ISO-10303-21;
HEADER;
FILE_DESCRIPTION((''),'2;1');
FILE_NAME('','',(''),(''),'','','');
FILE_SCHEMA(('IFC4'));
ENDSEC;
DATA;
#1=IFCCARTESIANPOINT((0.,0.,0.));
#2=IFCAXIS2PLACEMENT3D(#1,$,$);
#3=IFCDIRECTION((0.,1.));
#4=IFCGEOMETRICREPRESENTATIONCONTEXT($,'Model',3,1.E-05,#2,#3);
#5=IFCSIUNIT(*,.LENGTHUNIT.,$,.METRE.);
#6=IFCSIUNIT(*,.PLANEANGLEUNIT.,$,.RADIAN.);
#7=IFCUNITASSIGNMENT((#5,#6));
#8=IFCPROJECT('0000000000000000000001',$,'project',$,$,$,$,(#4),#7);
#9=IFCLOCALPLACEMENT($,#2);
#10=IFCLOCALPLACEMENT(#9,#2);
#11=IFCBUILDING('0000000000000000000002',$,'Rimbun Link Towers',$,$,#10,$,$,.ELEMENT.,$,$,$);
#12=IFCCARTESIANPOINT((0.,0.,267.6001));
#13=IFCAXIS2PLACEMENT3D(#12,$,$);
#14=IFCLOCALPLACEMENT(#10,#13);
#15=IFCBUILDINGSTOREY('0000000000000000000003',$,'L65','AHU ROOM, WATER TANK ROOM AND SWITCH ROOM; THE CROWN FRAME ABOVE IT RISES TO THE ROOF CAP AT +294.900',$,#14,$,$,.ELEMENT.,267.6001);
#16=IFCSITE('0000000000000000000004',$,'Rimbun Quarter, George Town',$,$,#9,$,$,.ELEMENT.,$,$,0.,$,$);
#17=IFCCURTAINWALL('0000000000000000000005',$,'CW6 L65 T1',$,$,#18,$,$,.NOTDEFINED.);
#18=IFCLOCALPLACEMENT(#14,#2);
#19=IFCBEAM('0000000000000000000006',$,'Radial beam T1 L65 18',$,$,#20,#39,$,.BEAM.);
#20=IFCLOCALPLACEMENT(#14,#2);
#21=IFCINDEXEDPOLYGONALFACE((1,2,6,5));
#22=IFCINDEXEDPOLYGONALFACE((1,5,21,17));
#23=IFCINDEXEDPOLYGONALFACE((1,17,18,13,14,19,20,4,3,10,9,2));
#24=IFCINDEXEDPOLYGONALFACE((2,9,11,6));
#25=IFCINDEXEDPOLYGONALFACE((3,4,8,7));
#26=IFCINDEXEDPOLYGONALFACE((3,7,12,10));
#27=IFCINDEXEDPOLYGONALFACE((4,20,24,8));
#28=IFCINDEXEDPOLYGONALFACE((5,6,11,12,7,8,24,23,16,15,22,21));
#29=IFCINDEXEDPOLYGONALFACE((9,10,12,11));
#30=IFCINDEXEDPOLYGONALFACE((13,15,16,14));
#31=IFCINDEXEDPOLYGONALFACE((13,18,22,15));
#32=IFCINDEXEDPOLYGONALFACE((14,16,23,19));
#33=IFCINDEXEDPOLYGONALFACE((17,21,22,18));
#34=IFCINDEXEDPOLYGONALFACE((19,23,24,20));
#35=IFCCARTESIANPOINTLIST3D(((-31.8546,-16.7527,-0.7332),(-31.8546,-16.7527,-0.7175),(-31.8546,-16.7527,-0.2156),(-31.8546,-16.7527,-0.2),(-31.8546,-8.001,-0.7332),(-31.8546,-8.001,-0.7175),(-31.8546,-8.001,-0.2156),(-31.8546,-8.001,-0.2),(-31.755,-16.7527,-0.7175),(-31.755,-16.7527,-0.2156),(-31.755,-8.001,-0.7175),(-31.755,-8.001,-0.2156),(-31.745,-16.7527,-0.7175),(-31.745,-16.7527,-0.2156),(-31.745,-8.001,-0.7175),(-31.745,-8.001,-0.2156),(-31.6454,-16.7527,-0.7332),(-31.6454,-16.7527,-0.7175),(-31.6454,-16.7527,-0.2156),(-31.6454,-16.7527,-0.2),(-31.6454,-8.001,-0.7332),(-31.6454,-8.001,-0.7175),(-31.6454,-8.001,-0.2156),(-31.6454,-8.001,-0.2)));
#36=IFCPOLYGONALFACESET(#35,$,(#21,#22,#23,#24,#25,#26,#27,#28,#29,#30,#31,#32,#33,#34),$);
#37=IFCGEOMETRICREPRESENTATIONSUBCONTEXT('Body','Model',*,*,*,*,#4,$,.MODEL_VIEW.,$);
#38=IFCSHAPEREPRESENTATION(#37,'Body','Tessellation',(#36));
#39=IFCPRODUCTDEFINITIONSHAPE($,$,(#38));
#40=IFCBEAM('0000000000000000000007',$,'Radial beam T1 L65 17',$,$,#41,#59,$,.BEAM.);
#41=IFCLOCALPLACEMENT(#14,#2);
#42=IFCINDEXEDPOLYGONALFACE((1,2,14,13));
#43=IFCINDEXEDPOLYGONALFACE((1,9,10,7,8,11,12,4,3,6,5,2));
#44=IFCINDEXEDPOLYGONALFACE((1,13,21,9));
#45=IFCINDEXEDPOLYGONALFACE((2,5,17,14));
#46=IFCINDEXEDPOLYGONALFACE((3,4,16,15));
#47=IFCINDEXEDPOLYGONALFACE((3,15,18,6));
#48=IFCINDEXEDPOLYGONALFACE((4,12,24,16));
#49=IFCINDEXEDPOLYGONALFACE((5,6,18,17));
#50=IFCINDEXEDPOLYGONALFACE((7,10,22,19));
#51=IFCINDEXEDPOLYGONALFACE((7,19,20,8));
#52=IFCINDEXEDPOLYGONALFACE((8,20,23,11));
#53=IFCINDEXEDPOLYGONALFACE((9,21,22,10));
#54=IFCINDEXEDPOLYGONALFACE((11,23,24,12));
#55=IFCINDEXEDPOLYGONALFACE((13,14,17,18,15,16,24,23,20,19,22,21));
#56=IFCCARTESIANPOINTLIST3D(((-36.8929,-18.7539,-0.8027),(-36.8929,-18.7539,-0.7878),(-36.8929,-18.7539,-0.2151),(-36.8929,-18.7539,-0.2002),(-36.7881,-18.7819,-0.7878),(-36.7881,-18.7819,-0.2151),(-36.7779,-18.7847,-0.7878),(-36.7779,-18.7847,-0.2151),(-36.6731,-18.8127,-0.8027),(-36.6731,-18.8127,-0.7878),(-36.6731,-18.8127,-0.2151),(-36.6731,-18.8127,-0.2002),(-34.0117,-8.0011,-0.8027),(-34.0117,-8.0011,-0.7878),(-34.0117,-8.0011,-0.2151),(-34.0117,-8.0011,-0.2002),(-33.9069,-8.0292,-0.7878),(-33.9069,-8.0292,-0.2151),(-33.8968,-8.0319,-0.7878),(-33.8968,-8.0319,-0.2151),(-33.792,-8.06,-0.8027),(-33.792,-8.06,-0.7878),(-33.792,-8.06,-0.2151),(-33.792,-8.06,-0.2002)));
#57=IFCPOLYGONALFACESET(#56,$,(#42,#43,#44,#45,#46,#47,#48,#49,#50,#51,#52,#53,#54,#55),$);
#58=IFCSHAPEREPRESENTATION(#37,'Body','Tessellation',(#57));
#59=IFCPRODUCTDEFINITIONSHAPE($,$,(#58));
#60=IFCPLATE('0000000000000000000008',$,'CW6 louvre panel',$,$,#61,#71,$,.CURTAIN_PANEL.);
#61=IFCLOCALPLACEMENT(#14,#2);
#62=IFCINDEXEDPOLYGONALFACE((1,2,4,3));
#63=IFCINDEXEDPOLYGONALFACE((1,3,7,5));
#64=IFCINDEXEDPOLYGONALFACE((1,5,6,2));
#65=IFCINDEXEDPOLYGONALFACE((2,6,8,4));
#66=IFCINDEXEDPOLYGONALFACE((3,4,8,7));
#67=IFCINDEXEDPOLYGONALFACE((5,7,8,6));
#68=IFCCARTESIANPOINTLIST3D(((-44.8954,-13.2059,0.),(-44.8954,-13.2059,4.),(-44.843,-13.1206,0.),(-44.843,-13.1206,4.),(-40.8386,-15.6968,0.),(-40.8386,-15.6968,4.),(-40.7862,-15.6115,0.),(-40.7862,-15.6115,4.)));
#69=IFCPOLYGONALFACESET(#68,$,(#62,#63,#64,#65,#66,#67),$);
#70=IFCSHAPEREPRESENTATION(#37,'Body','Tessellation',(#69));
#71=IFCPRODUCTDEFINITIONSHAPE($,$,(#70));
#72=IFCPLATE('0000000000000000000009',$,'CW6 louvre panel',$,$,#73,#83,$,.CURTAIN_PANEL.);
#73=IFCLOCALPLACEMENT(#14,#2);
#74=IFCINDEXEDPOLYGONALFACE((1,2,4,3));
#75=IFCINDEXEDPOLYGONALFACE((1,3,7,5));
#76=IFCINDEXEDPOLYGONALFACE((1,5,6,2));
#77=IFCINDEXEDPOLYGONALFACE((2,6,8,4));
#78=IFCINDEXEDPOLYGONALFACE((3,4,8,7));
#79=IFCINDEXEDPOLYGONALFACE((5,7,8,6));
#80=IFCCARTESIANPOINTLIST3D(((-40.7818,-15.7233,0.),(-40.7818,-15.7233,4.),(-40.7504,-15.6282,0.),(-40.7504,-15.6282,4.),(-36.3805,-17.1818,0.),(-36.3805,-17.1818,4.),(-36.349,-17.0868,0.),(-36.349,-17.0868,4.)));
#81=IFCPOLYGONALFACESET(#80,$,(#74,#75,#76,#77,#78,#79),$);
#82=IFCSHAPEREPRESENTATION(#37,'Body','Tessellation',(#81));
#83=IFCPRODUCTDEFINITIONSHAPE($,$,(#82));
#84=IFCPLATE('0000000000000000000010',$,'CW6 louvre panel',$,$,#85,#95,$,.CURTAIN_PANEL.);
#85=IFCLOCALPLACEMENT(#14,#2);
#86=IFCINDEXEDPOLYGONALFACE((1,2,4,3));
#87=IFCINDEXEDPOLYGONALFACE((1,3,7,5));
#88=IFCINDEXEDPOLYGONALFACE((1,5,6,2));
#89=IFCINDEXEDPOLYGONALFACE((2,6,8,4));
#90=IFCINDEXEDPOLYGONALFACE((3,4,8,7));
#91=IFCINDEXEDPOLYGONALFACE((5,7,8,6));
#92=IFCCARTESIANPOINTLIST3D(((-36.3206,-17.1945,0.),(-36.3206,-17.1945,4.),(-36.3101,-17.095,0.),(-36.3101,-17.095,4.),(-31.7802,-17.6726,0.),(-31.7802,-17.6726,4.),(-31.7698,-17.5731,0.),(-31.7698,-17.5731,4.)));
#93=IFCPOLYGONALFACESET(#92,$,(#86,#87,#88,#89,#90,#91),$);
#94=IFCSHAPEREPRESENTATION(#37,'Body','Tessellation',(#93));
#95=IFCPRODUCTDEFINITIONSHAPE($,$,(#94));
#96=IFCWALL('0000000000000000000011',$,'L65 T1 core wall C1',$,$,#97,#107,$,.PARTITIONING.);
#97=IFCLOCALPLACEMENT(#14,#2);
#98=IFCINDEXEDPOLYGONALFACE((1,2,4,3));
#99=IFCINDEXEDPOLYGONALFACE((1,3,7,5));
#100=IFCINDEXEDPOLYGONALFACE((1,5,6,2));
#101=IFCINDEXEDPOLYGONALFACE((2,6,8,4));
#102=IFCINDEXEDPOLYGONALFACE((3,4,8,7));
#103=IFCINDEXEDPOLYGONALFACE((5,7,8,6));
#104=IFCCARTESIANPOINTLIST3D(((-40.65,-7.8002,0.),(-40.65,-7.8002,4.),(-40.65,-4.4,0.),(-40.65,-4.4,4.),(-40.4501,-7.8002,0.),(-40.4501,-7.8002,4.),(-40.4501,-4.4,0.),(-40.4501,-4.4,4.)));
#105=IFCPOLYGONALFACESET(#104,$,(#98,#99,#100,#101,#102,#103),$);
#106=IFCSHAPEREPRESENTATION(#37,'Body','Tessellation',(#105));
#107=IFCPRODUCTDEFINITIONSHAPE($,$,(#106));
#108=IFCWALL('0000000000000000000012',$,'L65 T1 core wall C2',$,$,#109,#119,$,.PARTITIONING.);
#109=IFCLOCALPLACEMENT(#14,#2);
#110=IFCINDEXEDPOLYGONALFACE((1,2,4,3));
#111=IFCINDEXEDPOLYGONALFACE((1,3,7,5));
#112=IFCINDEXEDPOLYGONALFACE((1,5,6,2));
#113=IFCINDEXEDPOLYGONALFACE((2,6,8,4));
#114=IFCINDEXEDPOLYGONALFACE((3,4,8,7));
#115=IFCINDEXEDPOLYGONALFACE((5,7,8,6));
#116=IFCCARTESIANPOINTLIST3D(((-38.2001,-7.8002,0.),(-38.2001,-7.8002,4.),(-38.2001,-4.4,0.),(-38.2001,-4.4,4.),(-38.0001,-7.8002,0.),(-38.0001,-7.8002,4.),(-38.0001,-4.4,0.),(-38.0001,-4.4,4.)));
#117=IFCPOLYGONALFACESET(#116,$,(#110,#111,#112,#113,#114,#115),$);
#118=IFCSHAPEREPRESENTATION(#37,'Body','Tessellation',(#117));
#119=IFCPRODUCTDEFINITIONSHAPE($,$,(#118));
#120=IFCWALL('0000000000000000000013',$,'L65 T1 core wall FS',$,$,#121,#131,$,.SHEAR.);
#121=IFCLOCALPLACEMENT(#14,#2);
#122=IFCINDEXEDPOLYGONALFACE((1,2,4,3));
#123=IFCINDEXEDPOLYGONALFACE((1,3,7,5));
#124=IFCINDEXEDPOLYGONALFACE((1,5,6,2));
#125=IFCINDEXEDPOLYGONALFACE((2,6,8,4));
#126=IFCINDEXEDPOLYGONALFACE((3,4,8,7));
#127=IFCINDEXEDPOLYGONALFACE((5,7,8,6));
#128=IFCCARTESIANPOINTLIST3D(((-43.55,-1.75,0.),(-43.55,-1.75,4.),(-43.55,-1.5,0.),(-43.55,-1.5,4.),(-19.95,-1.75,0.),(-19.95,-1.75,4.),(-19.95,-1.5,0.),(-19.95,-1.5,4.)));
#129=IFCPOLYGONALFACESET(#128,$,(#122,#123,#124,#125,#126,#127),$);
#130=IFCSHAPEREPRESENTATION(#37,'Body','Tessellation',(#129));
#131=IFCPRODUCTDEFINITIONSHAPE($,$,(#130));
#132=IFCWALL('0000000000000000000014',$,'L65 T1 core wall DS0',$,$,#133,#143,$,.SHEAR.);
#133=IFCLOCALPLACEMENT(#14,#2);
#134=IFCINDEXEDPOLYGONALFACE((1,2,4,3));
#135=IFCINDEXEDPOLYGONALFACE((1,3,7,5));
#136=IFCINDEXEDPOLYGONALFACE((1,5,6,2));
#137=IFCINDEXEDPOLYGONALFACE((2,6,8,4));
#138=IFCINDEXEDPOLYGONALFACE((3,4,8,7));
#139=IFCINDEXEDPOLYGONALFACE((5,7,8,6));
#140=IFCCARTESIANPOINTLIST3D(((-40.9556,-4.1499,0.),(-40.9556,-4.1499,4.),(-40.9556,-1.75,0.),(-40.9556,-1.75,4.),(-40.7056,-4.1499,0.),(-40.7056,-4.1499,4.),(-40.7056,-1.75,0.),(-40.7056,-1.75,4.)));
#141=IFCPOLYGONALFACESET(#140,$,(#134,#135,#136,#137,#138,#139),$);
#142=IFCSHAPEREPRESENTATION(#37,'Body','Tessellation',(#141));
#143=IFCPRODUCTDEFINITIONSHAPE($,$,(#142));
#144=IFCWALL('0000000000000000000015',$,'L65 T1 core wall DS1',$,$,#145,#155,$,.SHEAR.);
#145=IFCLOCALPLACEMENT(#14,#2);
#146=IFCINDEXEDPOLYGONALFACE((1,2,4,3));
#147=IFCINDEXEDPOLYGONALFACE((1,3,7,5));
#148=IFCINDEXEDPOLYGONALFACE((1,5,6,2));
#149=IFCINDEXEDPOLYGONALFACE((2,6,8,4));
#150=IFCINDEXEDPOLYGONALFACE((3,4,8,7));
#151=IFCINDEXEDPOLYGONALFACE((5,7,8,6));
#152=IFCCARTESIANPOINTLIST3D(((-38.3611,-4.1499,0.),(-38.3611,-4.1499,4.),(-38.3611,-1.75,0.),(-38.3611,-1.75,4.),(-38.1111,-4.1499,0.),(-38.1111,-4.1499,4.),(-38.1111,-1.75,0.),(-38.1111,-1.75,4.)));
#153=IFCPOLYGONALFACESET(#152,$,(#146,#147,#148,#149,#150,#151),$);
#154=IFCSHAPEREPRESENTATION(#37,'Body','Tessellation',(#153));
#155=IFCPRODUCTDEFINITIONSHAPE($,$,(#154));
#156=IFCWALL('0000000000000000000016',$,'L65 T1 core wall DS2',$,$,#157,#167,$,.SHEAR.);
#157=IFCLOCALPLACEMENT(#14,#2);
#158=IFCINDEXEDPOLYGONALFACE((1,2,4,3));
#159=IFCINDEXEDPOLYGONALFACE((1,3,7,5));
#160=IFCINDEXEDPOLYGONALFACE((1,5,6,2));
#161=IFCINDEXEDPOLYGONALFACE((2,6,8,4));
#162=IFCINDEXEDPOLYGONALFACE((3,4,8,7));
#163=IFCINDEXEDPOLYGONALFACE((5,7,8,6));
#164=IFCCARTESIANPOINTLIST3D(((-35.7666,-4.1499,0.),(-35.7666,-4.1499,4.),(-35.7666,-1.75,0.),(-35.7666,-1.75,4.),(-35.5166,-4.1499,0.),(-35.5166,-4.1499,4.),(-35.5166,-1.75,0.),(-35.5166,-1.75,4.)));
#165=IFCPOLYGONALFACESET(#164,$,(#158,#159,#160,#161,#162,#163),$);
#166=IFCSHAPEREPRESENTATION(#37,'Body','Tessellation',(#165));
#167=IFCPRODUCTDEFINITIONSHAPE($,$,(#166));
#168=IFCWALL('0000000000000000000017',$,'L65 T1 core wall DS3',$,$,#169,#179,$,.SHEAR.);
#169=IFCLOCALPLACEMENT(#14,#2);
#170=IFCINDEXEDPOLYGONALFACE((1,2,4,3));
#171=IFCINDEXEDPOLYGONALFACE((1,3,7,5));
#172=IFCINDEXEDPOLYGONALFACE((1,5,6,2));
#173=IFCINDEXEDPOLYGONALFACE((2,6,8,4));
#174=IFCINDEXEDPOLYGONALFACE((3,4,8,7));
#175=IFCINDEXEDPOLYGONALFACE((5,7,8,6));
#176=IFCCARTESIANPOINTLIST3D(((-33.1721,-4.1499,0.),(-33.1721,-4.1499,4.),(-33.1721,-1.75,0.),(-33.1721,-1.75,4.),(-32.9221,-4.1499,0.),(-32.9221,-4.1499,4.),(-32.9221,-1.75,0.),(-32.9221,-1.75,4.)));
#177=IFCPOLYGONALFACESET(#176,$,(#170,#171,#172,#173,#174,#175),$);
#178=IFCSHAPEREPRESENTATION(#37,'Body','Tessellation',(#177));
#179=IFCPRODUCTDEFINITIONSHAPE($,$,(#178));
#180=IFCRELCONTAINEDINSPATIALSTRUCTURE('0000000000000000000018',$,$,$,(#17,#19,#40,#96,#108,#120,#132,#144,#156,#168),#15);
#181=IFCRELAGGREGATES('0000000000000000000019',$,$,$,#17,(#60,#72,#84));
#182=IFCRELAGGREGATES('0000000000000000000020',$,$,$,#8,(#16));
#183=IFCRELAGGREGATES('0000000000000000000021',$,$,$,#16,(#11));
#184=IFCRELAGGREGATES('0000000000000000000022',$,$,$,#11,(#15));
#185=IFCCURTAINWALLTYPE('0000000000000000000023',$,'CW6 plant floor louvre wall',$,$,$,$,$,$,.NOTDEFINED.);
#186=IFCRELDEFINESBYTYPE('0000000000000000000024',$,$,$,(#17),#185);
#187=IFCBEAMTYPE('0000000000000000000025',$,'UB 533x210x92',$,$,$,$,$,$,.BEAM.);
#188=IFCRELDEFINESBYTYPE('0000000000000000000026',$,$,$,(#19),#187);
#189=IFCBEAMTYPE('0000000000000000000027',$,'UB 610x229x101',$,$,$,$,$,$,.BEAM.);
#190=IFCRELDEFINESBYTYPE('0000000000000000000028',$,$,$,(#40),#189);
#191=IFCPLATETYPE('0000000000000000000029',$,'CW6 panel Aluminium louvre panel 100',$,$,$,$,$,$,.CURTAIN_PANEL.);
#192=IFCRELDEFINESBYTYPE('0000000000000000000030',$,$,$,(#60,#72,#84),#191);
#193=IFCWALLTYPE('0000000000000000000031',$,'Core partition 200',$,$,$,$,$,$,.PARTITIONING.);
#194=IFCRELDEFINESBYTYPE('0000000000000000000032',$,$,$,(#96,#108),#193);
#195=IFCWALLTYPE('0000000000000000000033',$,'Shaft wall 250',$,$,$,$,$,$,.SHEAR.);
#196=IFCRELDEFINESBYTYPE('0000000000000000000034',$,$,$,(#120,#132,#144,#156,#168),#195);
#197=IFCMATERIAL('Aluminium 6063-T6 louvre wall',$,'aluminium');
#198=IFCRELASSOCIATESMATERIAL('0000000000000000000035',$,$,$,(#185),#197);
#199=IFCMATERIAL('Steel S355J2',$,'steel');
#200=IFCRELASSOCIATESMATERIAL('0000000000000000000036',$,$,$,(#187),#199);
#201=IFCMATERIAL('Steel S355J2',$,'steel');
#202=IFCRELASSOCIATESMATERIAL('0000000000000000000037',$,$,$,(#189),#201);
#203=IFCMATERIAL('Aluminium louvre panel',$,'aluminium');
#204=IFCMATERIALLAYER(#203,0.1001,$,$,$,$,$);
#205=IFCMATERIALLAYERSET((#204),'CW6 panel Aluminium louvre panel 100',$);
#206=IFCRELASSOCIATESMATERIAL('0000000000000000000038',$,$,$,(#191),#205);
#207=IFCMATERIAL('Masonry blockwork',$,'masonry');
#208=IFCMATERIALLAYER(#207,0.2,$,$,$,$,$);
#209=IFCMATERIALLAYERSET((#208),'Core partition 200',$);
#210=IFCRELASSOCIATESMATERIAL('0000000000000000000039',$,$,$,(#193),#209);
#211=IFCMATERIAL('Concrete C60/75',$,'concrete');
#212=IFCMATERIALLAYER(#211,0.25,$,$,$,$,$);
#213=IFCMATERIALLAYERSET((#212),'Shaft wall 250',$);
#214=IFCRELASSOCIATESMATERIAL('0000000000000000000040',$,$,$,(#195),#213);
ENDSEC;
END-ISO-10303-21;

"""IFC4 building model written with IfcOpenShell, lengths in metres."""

from ifc_helpers import new_model, si_unit, direction, frame, frame_2d, origin, origin_2d, place, context, subcontext, project, spatial, rectangle, i_section, extrude, material, layer, layer_set, material_profile, profile_set, type_object, element, aggregate, save


model = new_model("IFC4")

# Units and contexts
model_context = context("Model", 3, precision=1e-05, world=origin(), true_north=direction((0.0, 1.0)))
body_context = subcontext(model_context, "Body", "Model", "MODEL_VIEW")
ifc_project = project(units=[si_unit("LENGTHUNIT", "METRE"), si_unit("PLANEANGLEUNIT", "RADIAN")], contexts=[model_context])

# Site, building, storey
site_placement = place(None, origin())
site = spatial("IfcSite", under=ifc_project, at=site_placement, Name="Rimbun Quarter, George Town", CompositionType="ELEMENT", RefElevation=0.0)
building_placement = place(site_placement, origin())
building = spatial("IfcBuilding", under=site, at=building_placement, Name="Rimbun Link Towers", CompositionType="ELEMENT")
storey_placement = place(building_placement, frame((0.0, 0.0, 267.6001)))
storey = spatial("IfcBuildingStorey", under=building, at=storey_placement, Name="L65", Description="AHU ROOM, WATER TANK ROOM AND SWITCH ROOM; THE CROWN FRAME ABOVE IT RISES TO THE ROOF CAP AT +294.900", CompositionType="ELEMENT", Elevation=267.6001)

# Curtain wall
ifc_material_1 = material(Name="Aluminium 6063-T6 louvre wall", Category="aluminium")
curtain_wall_type = type_object("IfcCurtainWallType", Name="CW6 plant floor louvre wall", PredefinedType="NOTDEFINED", material=ifc_material_1)
curtain_wall_placement = place(storey_placement, origin())
curtain_wall = element("IfcCurtainWall", 1, at=curtain_wall_placement, inside=storey, type_object=curtain_wall_type, Name="CW6 L65 T1", PredefinedType="NOTDEFINED")

# Beams
ifc_material_2 = material(Name="Steel S355J2", Category="steel")
ifc_material_profile_1 = material_profile(ifc_material_2, i_section(OverallWidth=0.2092, OverallDepth=0.5332, WebThickness=0.01, FlangeThickness=0.0156, at=origin_2d()), Name="UB 533x210x92")
ifc_profile_set_1 = profile_set([ifc_material_profile_1], Name="Steel S355J2")
beam_type_1 = type_object("IfcBeamType", Name="UB 533x210x92", PredefinedType="BEAM", material=ifc_profile_set_1)
beam_1_placement = place(storey_placement, frame((-31.75, -8.001, -0.4666), z_axis=(0.0, -1.0, 0.0), x_axis=(1.0, 0.0, 0.0)))
element("IfcBeam", 2, at=beam_1_placement, inside=storey, type_object=beam_type_1, Name="Radial beam T1 L65 18", PredefinedType="BEAM", context=body_context, shape_type="SweptSolid", body=[
    extrude(i_section(OverallWidth=0.2092, OverallDepth=0.5332, WebThickness=0.01, FlangeThickness=0.0156, at=origin_2d()), origin(), (0.0, 0.0, 1.0), 8.7517),
])
ifc_material_3 = material(Name="Steel S355J2", Category="steel")
ifc_material_profile_2 = material_profile(ifc_material_3, i_section(OverallWidth=0.2275, OverallDepth=0.6025, WebThickness=0.0105, FlangeThickness=0.0149, at=origin_2d()), Name="UB 610x229x101")
ifc_profile_set_2 = profile_set([ifc_material_profile_2], Name="Steel S355J2")
beam_type_2 = type_object("IfcBeamType", Name="UB 610x229x101", PredefinedType="BEAM", material=ifc_profile_set_2)
beam_2_placement = place(storey_placement, frame((-33.9019, -8.0305, -0.5015), z_axis=(-0.258813, -0.965927, 0.0), x_axis=(0.965927, -0.258813, 0.0)))
element("IfcBeam", 3, at=beam_2_placement, inside=storey, type_object=beam_type_2, Name="Radial beam T1 L65 17", PredefinedType="BEAM", context=body_context, shape_type="SweptSolid", body=[
    extrude(i_section(OverallWidth=0.2275, OverallDepth=0.6025, WebThickness=0.0105, FlangeThickness=0.0149, at=origin_2d()), origin(), (0.0, 0.0, 1.0), 11.1321),
])

# Plates
ifc_material_4 = material(Name="Aluminium louvre panel", Category="aluminium")
ifc_layer_1 = layer(ifc_material_4, 0.1001)
ifc_layer_set_1 = layer_set([ifc_layer_1], Name="CW6 panel Aluminium louvre panel 100")
plate_type = type_object("IfcPlateType", Name="CW6 panel Aluminium louvre panel 100", PredefinedType="CURTAIN_PANEL", material=ifc_layer_set_1)
plate_1_placement = place(storey_placement, frame((-42.8408, -14.4087, 0.0), z_axis=(0.0, 0.0, 1.0), x_axis=(-0.85218, 0.523249, 0.0)))
plate_1 = element("IfcPlate", 4, at=plate_1_placement, type_object=plate_type, Name="CW6 louvre panel", PredefinedType="CURTAIN_PANEL", context=body_context, shape_type="SweptSolid", body=[
    extrude(rectangle(XDim=4.7605, YDim=0.1001, at=origin_2d()), origin(), (0.0, 0.0, 1.0), 4.0),
])
plate_2_placement = place(storey_placement, frame((-38.5654, -16.405, 0.0), z_axis=(0.0, 0.0, 1.0), x_axis=(-0.949236, 0.314566, 0.0)))
plate_2 = element("IfcPlate", 5, at=plate_2_placement, type_object=plate_type, Name="CW6 louvre panel", PredefinedType="CURTAIN_PANEL", context=body_context, shape_type="SweptSolid", body=[
    extrude(rectangle(XDim=4.6367, YDim=0.1001, at=origin_2d()), origin(), (0.0, 0.0, 1.0), 4.0),
])
plate_3_placement = place(storey_placement, frame((-34.0452, -17.3838, 0.0), z_axis=(0.0, 0.0, 1.0), x_axis=(-0.994501, 0.104724, 0.0)))
plate_3 = element("IfcPlate", 6, at=plate_3_placement, type_object=plate_type, Name="CW6 louvre panel", PredefinedType="CURTAIN_PANEL", context=body_context, shape_type="SweptSolid", body=[
    extrude(rectangle(XDim=4.5654, YDim=0.1001, at=origin_2d()), origin(), (0.0, 0.0, 1.0), 4.0),
])
aggregate(curtain_wall, [plate_1, plate_2, plate_3])

# Walls
ifc_material_5 = material(Name="Masonry blockwork", Category="masonry")
ifc_layer_2 = layer(ifc_material_5, 0.2)
ifc_layer_set_2 = layer_set([ifc_layer_2], Name="Core partition 200")
wall_type_1 = type_object("IfcWallType", Name="Core partition 200", PredefinedType="PARTITIONING", material=ifc_layer_set_2)
for number, where, z_axis, x_axis, name in (
    (7, (-40.55, -4.3999, 0.0), (0.0, 0.0, 1.0), (0.0, -1.0, 0.0), "L65 T1 core wall C1"),
    (8, (-38.1001, -4.3999, 0.0), (0.0, 0.0, 1.0), (0.0, -1.0, 0.0), "L65 T1 core wall C2"),
):
    element("IfcWall", number, at=place(storey_placement, frame(where, z_axis=z_axis, x_axis=x_axis)), inside=storey, type_object=wall_type_1, Name=name, PredefinedType="PARTITIONING", context=body_context, shape_type="SweptSolid", body=[
        extrude(rectangle(XDim=3.4001, YDim=0.2, at=frame_2d((1.7002, 0.0))), origin(), (0.0, 0.0, 1.0), 4.0),
    ])
ifc_material_6 = material(Name="Concrete C60/75", Category="concrete")
ifc_layer_3 = layer(ifc_material_6, 0.25)
ifc_layer_set_3 = layer_set([ifc_layer_3], Name="Shaft wall 250")
wall_type_2 = type_object("IfcWallType", Name="Shaft wall 250", PredefinedType="SHEAR", material=ifc_layer_set_3)
wall_1_placement = place(storey_placement, frame((-43.55, -1.625, 0.0), z_axis=(0.0, 0.0, 1.0), x_axis=(1.0, 0.0, 0.0)))
element("IfcWall", 9, at=wall_1_placement, inside=storey, type_object=wall_type_2, Name="L65 T1 core wall FS", PredefinedType="SHEAR", context=body_context, shape_type="SweptSolid", body=[
    extrude(rectangle(XDim=23.6001, YDim=0.25, at=frame_2d((11.8, 0.0))), origin(), (0.0, 0.0, 1.0), 4.0),
])
for number, where, z_axis, x_axis, name in (
    (10, (-40.8306, -4.1499, 0.0), (0.0, 0.0, 1.0), (0.0, 1.0, 0.0), "L65 T1 core wall DS0"),
    (11, (-38.2361, -4.1499, 0.0), (0.0, 0.0, 1.0), (0.0, 1.0, 0.0), "L65 T1 core wall DS1"),
    (12, (-35.6416, -4.1499, 0.0), (0.0, 0.0, 1.0), (0.0, 1.0, 0.0), "L65 T1 core wall DS2"),
    (13, (-33.0471, -4.1499, 0.0), (0.0, 0.0, 1.0), (0.0, 1.0, 0.0), "L65 T1 core wall DS3"),
):
    element("IfcWall", number, at=place(storey_placement, frame(where, z_axis=z_axis, x_axis=x_axis)), inside=storey, type_object=wall_type_2, Name=name, PredefinedType="SHEAR", context=body_context, shape_type="SweptSolid", body=[
        extrude(rectangle(XDim=2.3999, YDim=0.25, at=frame_2d((1.2, 0.0))), origin(), (0.0, 0.0, 1.0), 4.0),
    ])

save(model, "model.ifc")
